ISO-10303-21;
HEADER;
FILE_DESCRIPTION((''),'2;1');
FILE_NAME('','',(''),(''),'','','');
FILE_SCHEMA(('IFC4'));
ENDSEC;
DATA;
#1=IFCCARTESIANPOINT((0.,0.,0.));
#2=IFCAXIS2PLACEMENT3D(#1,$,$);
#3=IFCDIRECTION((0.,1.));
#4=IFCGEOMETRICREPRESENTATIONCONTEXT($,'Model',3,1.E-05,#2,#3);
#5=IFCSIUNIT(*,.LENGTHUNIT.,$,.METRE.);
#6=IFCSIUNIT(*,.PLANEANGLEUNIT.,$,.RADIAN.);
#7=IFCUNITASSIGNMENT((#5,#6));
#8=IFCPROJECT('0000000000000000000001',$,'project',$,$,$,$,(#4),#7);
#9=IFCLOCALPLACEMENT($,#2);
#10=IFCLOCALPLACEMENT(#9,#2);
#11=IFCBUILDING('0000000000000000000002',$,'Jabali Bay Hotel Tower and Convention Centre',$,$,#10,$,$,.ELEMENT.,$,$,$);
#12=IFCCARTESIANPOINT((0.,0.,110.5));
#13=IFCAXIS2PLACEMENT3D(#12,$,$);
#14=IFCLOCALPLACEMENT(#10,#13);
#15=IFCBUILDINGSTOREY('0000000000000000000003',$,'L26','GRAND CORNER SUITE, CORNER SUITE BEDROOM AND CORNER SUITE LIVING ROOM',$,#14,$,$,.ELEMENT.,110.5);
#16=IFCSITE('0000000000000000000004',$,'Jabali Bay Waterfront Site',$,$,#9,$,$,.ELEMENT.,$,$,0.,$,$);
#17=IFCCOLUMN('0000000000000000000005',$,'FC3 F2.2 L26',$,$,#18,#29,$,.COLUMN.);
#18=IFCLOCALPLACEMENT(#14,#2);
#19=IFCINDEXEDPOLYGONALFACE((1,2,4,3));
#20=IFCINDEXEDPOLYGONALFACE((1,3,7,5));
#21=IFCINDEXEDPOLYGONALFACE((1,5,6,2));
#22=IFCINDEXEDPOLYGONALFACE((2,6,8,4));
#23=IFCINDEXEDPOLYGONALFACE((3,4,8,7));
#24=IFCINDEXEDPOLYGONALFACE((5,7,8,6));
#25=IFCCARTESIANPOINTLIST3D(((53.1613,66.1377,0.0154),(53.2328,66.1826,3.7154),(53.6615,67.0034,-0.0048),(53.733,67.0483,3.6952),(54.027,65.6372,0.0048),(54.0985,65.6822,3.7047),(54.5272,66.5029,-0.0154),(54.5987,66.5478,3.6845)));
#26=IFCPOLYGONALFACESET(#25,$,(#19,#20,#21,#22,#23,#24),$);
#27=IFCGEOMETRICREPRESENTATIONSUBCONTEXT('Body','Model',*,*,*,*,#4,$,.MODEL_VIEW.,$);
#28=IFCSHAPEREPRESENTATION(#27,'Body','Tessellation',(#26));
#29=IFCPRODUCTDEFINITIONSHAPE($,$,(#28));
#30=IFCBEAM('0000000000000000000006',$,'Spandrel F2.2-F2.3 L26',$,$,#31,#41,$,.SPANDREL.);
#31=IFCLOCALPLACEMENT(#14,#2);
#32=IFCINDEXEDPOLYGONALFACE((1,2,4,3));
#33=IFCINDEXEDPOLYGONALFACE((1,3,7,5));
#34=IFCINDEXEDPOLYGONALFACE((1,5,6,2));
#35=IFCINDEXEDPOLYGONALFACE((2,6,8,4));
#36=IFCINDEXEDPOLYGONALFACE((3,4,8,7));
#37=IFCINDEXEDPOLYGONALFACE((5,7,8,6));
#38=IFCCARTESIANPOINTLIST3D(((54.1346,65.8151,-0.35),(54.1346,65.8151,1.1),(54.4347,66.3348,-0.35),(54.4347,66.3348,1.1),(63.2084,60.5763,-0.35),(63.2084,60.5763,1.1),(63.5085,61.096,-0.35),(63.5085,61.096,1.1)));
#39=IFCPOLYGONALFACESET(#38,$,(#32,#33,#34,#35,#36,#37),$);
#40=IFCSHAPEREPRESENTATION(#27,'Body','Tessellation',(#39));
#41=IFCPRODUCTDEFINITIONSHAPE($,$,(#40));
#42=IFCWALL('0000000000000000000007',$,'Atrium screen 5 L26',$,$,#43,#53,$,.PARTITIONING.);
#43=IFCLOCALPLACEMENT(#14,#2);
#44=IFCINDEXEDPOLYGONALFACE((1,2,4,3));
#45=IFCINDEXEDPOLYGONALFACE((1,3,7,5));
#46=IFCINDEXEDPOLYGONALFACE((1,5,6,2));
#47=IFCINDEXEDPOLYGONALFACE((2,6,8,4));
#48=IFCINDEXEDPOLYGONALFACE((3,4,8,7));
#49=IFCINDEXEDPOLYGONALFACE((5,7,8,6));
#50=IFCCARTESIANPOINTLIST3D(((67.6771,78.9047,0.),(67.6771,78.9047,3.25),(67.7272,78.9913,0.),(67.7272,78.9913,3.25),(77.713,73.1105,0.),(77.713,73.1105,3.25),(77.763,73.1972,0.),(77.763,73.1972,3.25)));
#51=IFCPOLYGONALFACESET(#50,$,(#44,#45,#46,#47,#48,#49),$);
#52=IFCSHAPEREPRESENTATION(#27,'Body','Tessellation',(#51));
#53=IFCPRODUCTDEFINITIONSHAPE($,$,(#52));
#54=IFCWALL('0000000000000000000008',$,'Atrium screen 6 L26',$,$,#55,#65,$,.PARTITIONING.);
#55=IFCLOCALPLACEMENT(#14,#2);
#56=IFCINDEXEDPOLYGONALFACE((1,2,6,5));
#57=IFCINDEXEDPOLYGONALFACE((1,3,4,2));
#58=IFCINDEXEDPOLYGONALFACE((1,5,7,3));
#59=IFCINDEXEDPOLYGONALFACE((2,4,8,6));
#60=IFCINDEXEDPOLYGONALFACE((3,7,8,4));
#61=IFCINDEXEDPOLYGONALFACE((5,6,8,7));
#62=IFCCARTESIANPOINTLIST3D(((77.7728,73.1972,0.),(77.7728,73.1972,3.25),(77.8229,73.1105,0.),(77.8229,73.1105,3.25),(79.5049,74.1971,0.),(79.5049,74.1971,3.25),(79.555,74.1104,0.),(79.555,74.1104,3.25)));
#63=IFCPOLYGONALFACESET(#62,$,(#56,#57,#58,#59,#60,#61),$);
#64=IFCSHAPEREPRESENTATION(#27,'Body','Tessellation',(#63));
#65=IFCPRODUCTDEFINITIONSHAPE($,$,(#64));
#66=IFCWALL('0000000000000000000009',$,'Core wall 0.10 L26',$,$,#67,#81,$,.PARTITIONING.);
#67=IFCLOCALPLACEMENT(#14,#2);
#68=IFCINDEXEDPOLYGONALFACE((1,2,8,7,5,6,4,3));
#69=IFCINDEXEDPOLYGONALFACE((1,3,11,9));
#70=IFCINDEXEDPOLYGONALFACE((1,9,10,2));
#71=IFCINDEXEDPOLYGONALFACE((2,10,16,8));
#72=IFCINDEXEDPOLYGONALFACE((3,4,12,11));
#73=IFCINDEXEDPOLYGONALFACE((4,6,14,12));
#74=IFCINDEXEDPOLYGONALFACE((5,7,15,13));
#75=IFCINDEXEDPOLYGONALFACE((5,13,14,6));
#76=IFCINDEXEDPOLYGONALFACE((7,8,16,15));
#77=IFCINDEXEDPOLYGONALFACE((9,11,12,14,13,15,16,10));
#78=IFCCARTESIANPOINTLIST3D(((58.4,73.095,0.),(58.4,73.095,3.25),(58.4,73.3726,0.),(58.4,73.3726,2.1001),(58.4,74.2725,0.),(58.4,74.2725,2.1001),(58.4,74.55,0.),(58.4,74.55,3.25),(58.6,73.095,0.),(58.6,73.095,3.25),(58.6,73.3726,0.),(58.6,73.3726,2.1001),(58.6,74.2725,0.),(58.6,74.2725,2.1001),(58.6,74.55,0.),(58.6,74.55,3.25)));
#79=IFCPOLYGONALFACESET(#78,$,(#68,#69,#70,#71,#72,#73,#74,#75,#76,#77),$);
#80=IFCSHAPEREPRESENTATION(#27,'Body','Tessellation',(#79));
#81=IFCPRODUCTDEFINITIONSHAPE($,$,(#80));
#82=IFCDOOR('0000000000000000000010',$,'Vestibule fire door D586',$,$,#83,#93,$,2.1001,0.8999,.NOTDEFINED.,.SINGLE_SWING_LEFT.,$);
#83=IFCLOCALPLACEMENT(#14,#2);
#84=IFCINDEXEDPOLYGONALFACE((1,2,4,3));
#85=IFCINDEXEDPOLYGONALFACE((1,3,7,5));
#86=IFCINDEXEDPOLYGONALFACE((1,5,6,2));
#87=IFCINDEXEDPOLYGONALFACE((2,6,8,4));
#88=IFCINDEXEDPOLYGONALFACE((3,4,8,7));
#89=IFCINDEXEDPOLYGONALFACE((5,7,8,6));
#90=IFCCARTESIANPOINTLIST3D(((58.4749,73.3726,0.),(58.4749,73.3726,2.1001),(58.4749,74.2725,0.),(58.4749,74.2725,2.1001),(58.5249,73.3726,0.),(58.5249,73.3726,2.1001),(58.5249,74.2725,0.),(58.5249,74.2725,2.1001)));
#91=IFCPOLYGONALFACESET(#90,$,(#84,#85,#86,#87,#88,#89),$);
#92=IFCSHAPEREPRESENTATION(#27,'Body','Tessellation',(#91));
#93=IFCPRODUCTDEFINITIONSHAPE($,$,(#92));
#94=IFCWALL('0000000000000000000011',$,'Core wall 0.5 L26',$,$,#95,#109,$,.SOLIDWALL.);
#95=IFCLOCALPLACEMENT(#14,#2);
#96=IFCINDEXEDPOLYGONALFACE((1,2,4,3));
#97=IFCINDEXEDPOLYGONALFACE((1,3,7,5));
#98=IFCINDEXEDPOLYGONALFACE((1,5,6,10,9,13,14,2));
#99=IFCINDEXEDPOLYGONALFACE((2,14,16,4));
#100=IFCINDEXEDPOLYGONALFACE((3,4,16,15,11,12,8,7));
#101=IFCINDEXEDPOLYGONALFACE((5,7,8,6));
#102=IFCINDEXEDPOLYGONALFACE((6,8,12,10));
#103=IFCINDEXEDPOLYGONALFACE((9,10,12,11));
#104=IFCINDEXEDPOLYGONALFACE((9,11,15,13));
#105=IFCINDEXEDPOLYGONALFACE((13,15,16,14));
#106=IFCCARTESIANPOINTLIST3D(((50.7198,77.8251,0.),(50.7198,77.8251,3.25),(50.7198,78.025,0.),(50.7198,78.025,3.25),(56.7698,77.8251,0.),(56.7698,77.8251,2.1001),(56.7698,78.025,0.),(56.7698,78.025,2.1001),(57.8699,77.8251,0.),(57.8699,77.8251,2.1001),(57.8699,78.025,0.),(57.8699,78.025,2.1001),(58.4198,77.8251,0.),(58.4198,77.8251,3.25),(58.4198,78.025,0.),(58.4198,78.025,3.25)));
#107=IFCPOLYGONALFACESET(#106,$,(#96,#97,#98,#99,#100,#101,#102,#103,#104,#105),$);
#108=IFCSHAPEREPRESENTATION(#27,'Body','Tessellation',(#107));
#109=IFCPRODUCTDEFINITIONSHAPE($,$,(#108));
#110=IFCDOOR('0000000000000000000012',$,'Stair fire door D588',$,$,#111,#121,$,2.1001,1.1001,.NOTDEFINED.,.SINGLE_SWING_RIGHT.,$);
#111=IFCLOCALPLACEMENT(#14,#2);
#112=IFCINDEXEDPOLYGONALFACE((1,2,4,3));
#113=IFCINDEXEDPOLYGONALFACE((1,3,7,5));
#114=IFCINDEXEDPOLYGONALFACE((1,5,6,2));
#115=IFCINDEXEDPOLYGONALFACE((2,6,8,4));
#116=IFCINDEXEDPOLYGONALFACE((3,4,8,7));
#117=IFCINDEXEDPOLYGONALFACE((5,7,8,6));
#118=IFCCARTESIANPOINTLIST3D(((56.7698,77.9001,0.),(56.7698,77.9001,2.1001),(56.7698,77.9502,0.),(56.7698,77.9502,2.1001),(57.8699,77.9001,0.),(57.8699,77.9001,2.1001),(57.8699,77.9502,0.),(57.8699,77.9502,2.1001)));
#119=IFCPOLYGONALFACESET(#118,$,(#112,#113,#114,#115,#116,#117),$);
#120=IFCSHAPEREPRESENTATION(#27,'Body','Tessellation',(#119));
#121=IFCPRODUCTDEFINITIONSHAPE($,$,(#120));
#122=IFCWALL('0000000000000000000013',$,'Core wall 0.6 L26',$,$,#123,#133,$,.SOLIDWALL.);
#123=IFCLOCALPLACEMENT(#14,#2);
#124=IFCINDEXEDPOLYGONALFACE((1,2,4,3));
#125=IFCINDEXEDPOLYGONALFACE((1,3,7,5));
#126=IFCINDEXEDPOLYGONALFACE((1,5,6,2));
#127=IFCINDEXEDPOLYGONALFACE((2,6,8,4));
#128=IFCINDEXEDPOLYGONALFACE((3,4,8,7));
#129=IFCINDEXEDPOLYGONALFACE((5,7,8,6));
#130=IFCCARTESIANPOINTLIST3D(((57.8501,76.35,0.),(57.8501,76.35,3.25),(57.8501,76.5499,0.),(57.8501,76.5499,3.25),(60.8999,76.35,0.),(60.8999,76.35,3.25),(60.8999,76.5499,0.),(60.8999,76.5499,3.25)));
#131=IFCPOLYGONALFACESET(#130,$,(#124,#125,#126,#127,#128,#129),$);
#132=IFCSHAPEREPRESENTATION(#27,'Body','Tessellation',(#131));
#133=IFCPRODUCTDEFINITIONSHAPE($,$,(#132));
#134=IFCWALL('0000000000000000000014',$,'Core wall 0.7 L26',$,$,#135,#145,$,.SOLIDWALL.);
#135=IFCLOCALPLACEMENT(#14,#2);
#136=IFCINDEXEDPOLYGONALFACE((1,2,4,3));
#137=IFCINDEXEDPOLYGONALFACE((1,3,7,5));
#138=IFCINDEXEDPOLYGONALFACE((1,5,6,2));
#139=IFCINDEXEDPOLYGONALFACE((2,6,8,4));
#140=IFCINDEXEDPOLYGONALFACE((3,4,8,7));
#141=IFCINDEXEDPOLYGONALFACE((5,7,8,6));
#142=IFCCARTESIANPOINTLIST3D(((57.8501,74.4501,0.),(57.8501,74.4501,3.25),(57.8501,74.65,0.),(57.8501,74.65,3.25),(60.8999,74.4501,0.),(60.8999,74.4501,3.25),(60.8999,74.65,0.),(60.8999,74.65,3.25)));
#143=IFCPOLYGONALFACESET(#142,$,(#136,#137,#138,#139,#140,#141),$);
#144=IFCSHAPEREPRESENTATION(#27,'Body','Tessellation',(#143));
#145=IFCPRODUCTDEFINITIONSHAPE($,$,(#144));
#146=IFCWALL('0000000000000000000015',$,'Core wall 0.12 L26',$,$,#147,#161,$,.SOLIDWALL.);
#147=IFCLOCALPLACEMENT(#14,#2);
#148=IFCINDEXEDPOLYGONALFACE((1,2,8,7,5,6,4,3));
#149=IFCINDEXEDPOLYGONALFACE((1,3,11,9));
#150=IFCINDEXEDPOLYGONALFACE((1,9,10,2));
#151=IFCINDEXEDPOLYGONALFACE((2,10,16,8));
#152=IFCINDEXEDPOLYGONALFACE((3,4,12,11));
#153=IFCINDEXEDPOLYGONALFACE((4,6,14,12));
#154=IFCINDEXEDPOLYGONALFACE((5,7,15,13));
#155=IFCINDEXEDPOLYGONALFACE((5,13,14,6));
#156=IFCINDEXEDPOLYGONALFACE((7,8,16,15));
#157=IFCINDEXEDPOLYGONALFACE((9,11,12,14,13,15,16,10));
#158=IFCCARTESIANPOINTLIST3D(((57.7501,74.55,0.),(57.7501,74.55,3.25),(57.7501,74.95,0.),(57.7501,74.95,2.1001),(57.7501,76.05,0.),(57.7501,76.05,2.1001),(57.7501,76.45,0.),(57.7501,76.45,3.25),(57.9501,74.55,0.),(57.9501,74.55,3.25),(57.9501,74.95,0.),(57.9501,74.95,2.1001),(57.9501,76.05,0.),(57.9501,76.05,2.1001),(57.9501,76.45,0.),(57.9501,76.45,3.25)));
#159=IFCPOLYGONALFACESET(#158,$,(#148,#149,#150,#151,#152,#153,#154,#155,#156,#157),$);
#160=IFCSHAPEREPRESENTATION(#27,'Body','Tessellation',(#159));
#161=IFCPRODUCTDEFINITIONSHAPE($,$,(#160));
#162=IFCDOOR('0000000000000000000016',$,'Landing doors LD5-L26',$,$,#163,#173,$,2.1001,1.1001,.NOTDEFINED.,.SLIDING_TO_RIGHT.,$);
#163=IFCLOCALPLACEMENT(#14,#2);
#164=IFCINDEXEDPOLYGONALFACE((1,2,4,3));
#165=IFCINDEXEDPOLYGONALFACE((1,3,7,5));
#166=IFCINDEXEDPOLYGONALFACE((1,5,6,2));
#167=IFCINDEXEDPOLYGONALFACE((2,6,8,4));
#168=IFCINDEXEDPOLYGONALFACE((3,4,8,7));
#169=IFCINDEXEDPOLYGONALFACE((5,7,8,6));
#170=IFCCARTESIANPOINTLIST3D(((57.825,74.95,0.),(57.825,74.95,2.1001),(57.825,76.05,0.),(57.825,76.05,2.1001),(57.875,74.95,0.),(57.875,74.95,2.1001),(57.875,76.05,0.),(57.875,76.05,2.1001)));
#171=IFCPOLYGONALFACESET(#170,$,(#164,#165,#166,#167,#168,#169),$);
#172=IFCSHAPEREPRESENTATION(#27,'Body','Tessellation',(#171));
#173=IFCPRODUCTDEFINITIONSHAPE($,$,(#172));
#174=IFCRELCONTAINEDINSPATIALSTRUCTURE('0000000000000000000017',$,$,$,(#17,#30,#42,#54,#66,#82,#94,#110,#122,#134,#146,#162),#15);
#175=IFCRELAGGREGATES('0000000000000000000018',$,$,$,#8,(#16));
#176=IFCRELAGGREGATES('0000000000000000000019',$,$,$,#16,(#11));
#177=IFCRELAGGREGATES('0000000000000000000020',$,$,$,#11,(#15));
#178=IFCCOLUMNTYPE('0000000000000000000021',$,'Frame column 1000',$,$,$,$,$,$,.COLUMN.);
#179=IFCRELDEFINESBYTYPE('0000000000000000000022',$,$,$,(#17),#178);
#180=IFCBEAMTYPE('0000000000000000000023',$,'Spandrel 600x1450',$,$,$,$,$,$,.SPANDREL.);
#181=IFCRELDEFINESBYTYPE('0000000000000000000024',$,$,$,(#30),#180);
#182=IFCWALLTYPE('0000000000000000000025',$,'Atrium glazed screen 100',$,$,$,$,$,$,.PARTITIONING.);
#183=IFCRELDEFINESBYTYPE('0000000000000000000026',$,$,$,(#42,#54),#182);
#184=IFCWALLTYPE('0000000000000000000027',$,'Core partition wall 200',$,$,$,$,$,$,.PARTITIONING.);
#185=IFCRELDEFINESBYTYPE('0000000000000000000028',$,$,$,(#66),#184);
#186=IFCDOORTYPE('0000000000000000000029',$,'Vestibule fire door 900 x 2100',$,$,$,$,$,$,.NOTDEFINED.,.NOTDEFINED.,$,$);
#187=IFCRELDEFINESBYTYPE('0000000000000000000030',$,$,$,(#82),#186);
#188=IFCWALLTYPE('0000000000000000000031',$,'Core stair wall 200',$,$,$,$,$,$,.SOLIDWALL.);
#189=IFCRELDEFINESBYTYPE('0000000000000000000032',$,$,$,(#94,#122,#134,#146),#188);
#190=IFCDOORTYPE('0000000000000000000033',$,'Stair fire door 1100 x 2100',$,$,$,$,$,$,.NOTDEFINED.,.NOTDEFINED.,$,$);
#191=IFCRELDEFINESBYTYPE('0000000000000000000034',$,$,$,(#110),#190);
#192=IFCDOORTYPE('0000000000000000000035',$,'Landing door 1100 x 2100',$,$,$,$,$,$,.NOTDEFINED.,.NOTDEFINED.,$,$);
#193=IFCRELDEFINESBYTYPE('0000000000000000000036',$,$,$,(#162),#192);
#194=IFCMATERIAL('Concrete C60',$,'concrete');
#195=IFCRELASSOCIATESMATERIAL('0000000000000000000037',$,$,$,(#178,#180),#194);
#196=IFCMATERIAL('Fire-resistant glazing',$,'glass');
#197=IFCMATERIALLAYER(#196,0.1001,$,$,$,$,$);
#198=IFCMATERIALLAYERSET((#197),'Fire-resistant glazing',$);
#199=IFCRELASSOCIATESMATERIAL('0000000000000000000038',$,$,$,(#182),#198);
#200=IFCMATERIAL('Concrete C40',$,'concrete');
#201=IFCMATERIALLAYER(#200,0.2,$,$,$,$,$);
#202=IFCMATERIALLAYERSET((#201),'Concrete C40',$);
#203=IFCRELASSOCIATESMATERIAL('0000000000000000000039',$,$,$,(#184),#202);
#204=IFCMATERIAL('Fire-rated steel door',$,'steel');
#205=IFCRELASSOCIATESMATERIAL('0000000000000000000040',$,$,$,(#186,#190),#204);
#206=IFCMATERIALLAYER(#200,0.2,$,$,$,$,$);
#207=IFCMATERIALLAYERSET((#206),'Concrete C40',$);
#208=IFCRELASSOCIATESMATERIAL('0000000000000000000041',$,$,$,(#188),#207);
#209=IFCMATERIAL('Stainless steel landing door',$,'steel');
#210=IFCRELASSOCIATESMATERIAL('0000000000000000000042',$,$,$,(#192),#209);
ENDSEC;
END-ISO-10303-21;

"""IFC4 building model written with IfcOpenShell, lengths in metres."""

from ifc_helpers import new_model, si_unit, direction, frame, frame_2d, origin, origin_2d, place, context, subcontext, project, spatial, rectangle, extrude, material, layer, layer_set, material_profile, profile_set, type_object, element, fill, save


model = new_model("IFC4")

# Units and contexts
model_context = context("Model", 3, precision=1e-05, world=origin(), true_north=direction((0.0, 1.0)))
body_context = subcontext(model_context, "Body", "Model", "MODEL_VIEW")
ifc_project = project(units=[si_unit("LENGTHUNIT", "METRE"), si_unit("PLANEANGLEUNIT", "RADIAN")], contexts=[model_context])

# Site, building, storey
site_placement = place(None, origin())
site = spatial("IfcSite", under=ifc_project, at=site_placement, Name="Jabali Bay Waterfront Site", CompositionType="ELEMENT", RefElevation=0.0)
building_placement = place(site_placement, origin())
building = spatial("IfcBuilding", under=site, at=building_placement, Name="Jabali Bay Hotel Tower and Convention Centre", CompositionType="ELEMENT")
storey_placement = place(building_placement, frame((0.0, 0.0, 110.5)))
storey = spatial("IfcBuildingStorey", under=building, at=storey_placement, Name="L26", Description="GRAND CORNER SUITE, CORNER SUITE BEDROOM AND CORNER SUITE LIVING ROOM", CompositionType="ELEMENT", Elevation=110.5)

# Column
ifc_material_1 = material(Name="Concrete C60", Category="concrete")
ifc_material_profile_1 = material_profile(ifc_material_1, rectangle(XDim=1.0, YDim=1.0, at=origin_2d()), Name="Frame column 1000")
ifc_profile_set_1 = profile_set([ifc_material_profile_1], Name="Concrete C60")
column_type = type_object("IfcColumnType", Name="Frame column 1000", PredefinedType="COLUMN", material=ifc_profile_set_1)
column_placement = place(storey_placement, frame((53.8442, 66.3203, 0.0), z_axis=(0.019329, 0.012138, 0.99974), x_axis=(-0.865686, 0.500474, 0.01066)))
element("IfcColumn", 1, at=column_placement, inside=storey, type_object=column_type, Name="FC3 F2.2 L26", PredefinedType="COLUMN", context=body_context, shape_type="SweptSolid", body=[
    extrude(rectangle(XDim=1.0, YDim=1.0, at=origin_2d()), origin(), (0.0, 0.0, 1.0), 3.7009),
])

# Beam
ifc_material_profile_2 = material_profile(ifc_material_1, rectangle(XDim=0.6001, YDim=1.45, at=origin_2d()), Name="Spandrel 600x1450")
ifc_profile_set_2 = profile_set([ifc_material_profile_2], Name="Concrete C60")
beam_type = type_object("IfcBeamType", Name="Spandrel 600x1450", PredefinedType="SPANDREL", material=ifc_profile_set_2)
beam_placement = place(storey_placement, frame((54.2847, 66.075, 0.375), z_axis=(0.866023, -0.500003, 0.0), x_axis=(0.500003, 0.866023, 0.0)))
element("IfcBeam", 2, at=beam_placement, inside=storey, type_object=beam_type, Name="Spandrel F2.2-F2.3 L26", PredefinedType="SPANDREL", context=body_context, shape_type="SweptSolid", body=[
    extrude(rectangle(XDim=0.6001, YDim=1.45, at=origin_2d()), origin(), (0.0, 0.0, 1.0), 10.4775),
])

# Walls
ifc_material_2 = material(Name="Fire-resistant glazing", Category="glass")
ifc_layer_1 = layer(ifc_material_2, 0.1001)
ifc_layer_set_1 = layer_set([ifc_layer_1], Name="Fire-resistant glazing")
wall_type_1 = type_object("IfcWallType", Name="Atrium glazed screen 100", PredefinedType="PARTITIONING", material=ifc_layer_set_1)
wall_1_placement = place(storey_placement, frame((67.7021, 78.948, 0.0), z_axis=(0.0, 0.0, 1.0), x_axis=(0.866027, -0.499998, 0.0)))
element("IfcWall", 3, at=wall_1_placement, inside=storey, type_object=wall_type_1, Name="Atrium screen 5 L26", PredefinedType="PARTITIONING", context=body_context, shape_type="SweptSolid", body=[
    extrude(rectangle(XDim=11.5884, YDim=0.1001, at=frame_2d((5.7942, 0.0))), origin(), (0.0, 0.0, 1.0), 3.25),
])
wall_2_placement = place(storey_placement, frame((77.7979, 73.1538, 0.0), z_axis=(0.0, 0.0, 1.0), x_axis=(0.866041, 0.499973, 0.0)))
element("IfcWall", 4, at=wall_2_placement, inside=storey, type_object=wall_type_1, Name="Atrium screen 6 L26", PredefinedType="PARTITIONING", context=body_context, shape_type="SweptSolid", body=[
    extrude(rectangle(XDim=2.0, YDim=0.1001, at=frame_2d((1.0, 0.0))), origin(), (0.0, 0.0, 1.0), 3.25),
])

# Walls, openings, doors
ifc_material_3 = material(Name="Concrete C40", Category="concrete")
ifc_layer_2 = layer(ifc_material_3, 0.2)
ifc_layer_set_2 = layer_set([ifc_layer_2], Name="Concrete C40")
wall_type_2 = type_object("IfcWallType", Name="Core partition wall 200", PredefinedType="PARTITIONING", material=ifc_layer_set_2)
wall_3_placement = place(storey_placement, frame((58.5, 74.55, 0.0), z_axis=(0.0, 0.0, 1.0), x_axis=(0.0, -1.0, 0.0)))
wall_3 = element("IfcWall", 5, at=wall_3_placement, inside=storey, type_object=wall_type_2, Name="Core wall 0.10 L26", PredefinedType="PARTITIONING", context=body_context, shape_type="SweptSolid", body=[
    extrude(rectangle(XDim=1.4551, YDim=0.2, at=frame_2d((0.7275, 0.0))), origin(), (0.0, 0.0, 1.0), 3.25),
])
opening_1_placement = place(wall_3_placement, frame((0.2776, 0.0, 0.0)))
opening_1 = element("IfcOpeningElement", 6, at=opening_1_placement, cuts=wall_3, PredefinedType="OPENING", context=body_context, shape_type="SweptSolid", body=[
    extrude(rectangle(XDim=0.8999, YDim=2.1001, at=frame_2d((0.45, 1.05))), frame((0.0, 0.1104, 0.0), z_axis=(0.0, -1.0, 0.0), x_axis=(1.0, 0.0, 0.0)), (0.0, 0.0, 1.0), 0.2209),
])
ifc_material_4 = material(Name="Fire-rated steel door", Category="steel")
door_type_1 = type_object("IfcDoorType", Name="Vestibule fire door 900 x 2100", OperationType="NOTDEFINED", PredefinedType="NOTDEFINED", material=ifc_material_4)
door_1_placement = place(opening_1_placement, origin())
door_1 = element("IfcDoor", 7, at=door_1_placement, inside=storey, type_object=door_type_1, Name="Vestibule fire door D586", OperationType="SINGLE_SWING_LEFT", OverallHeight=2.1001, OverallWidth=0.8999, PredefinedType="NOTDEFINED", context=body_context, shape_type="SweptSolid", body=[
    extrude(rectangle(XDim=0.8999, YDim=2.1001, at=frame_2d((0.45, 1.05))), frame((0.0, 0.0249, 0.0), z_axis=(0.0, -1.0, 0.0), x_axis=(1.0, 0.0, 0.0)), (0.0, 0.0, 1.0), 0.05),
])
fill(opening_1, door_1)
ifc_layer_3 = layer(ifc_material_3, 0.2)
ifc_layer_set_3 = layer_set([ifc_layer_3], Name="Concrete C40")
wall_type_3 = type_object("IfcWallType", Name="Core stair wall 200", PredefinedType="SOLIDWALL", material=ifc_layer_set_3)
wall_4_placement = place(storey_placement, frame((58.4199, 77.925, 0.0), z_axis=(0.0, 0.0, 1.0), x_axis=(-1.0, 0.0, 0.0)))
wall_4 = element("IfcWall", 8, at=wall_4_placement, inside=storey, type_object=wall_type_3, Name="Core wall 0.5 L26", PredefinedType="SOLIDWALL", context=body_context, shape_type="SweptSolid", body=[
    extrude(rectangle(XDim=7.7, YDim=0.2, at=frame_2d((3.8501, 0.0))), origin(), (0.0, 0.0, 1.0), 3.25),
])
opening_2_placement = place(wall_4_placement, frame((0.55, 0.0, 0.0)))
opening_2 = element("IfcOpeningElement", 9, at=opening_2_placement, cuts=wall_4, PredefinedType="OPENING", context=body_context, shape_type="SweptSolid", body=[
    extrude(rectangle(XDim=1.1001, YDim=2.1001, at=frame_2d((0.55, 1.05))), frame((0.0, 0.1104, 0.0), z_axis=(0.0, -1.0, 0.0), x_axis=(1.0, 0.0, 0.0)), (0.0, 0.0, 1.0), 0.2209),
])
door_type_2 = type_object("IfcDoorType", Name="Stair fire door 1100 x 2100", OperationType="NOTDEFINED", PredefinedType="NOTDEFINED", material=ifc_material_4)
door_2_placement = place(opening_2_placement, origin())
door_2 = element("IfcDoor", 10, at=door_2_placement, inside=storey, type_object=door_type_2, Name="Stair fire door D588", OperationType="SINGLE_SWING_RIGHT", OverallHeight=2.1001, OverallWidth=1.1001, PredefinedType="NOTDEFINED", context=body_context, shape_type="SweptSolid", body=[
    extrude(rectangle(XDim=1.1001, YDim=2.1001, at=frame_2d((0.55, 1.05))), frame((0.0, 0.0249, 0.0), z_axis=(0.0, -1.0, 0.0), x_axis=(1.0, 0.0, 0.0)), (0.0, 0.0, 1.0), 0.05),
])
fill(opening_2, door_2)

# Walls
for number, where, z_axis, x_axis, name in (
    (11, (60.8999, 76.45, 0.0), (0.0, 0.0, 1.0), (-1.0, 0.0, 0.0), "Core wall 0.6 L26"),
    (12, (60.8999, 74.55, 0.0), (0.0, 0.0, 1.0), (-1.0, 0.0, 0.0), "Core wall 0.7 L26"),
):
    element("IfcWall", number, at=place(storey_placement, frame(where, z_axis=z_axis, x_axis=x_axis)), inside=storey, type_object=wall_type_3, Name=name, PredefinedType="SOLIDWALL", context=body_context, shape_type="SweptSolid", body=[
        extrude(rectangle(XDim=3.0498, YDim=0.2, at=frame_2d((1.5249, 0.0))), origin(), (0.0, 0.0, 1.0), 3.25),
    ])

# Wall, opening, door
wall_5_placement = place(storey_placement, frame((57.8501, 76.45, 0.0), z_axis=(0.0, 0.0, 1.0), x_axis=(0.0, -1.0, 0.0)))
wall_5 = element("IfcWall", 13, at=wall_5_placement, inside=storey, type_object=wall_type_3, Name="Core wall 0.12 L26", PredefinedType="SOLIDWALL", context=body_context, shape_type="SweptSolid", body=[
    extrude(rectangle(XDim=1.8999, YDim=0.2, at=frame_2d((0.95, 0.0))), origin(), (0.0, 0.0, 1.0), 3.25),
])
opening_3_placement = place(wall_5_placement, frame((0.3999, 0.0, 0.0)))
opening_3 = element("IfcOpeningElement", 14, at=opening_3_placement, cuts=wall_5, PredefinedType="OPENING", context=body_context, shape_type="SweptSolid", body=[
    extrude(rectangle(XDim=1.1001, YDim=2.1001, at=frame_2d((0.55, 1.05))), frame((0.0, 0.1104, 0.0), z_axis=(0.0, -1.0, 0.0), x_axis=(1.0, 0.0, 0.0)), (0.0, 0.0, 1.0), 0.2209),
])
ifc_material_5 = material(Name="Stainless steel landing door", Category="steel")
door_type_3 = type_object("IfcDoorType", Name="Landing door 1100 x 2100", OperationType="NOTDEFINED", PredefinedType="NOTDEFINED", material=ifc_material_5)
door_3_placement = place(opening_3_placement, origin())
door_3 = element("IfcDoor", 15, at=door_3_placement, inside=storey, type_object=door_type_3, Name="Landing doors LD5-L26", OperationType="SLIDING_TO_RIGHT", OverallHeight=2.1001, OverallWidth=1.1001, PredefinedType="NOTDEFINED", context=body_context, shape_type="SweptSolid", body=[
    extrude(rectangle(XDim=1.1001, YDim=2.1001, at=frame_2d((0.55, 1.05))), frame((0.0, 0.0249, 0.0), z_axis=(0.0, -1.0, 0.0), x_axis=(1.0, 0.0, 0.0)), (0.0, 0.0, 1.0), 0.05),
])
fill(opening_3, door_3)

save(model, "model.ifc")
